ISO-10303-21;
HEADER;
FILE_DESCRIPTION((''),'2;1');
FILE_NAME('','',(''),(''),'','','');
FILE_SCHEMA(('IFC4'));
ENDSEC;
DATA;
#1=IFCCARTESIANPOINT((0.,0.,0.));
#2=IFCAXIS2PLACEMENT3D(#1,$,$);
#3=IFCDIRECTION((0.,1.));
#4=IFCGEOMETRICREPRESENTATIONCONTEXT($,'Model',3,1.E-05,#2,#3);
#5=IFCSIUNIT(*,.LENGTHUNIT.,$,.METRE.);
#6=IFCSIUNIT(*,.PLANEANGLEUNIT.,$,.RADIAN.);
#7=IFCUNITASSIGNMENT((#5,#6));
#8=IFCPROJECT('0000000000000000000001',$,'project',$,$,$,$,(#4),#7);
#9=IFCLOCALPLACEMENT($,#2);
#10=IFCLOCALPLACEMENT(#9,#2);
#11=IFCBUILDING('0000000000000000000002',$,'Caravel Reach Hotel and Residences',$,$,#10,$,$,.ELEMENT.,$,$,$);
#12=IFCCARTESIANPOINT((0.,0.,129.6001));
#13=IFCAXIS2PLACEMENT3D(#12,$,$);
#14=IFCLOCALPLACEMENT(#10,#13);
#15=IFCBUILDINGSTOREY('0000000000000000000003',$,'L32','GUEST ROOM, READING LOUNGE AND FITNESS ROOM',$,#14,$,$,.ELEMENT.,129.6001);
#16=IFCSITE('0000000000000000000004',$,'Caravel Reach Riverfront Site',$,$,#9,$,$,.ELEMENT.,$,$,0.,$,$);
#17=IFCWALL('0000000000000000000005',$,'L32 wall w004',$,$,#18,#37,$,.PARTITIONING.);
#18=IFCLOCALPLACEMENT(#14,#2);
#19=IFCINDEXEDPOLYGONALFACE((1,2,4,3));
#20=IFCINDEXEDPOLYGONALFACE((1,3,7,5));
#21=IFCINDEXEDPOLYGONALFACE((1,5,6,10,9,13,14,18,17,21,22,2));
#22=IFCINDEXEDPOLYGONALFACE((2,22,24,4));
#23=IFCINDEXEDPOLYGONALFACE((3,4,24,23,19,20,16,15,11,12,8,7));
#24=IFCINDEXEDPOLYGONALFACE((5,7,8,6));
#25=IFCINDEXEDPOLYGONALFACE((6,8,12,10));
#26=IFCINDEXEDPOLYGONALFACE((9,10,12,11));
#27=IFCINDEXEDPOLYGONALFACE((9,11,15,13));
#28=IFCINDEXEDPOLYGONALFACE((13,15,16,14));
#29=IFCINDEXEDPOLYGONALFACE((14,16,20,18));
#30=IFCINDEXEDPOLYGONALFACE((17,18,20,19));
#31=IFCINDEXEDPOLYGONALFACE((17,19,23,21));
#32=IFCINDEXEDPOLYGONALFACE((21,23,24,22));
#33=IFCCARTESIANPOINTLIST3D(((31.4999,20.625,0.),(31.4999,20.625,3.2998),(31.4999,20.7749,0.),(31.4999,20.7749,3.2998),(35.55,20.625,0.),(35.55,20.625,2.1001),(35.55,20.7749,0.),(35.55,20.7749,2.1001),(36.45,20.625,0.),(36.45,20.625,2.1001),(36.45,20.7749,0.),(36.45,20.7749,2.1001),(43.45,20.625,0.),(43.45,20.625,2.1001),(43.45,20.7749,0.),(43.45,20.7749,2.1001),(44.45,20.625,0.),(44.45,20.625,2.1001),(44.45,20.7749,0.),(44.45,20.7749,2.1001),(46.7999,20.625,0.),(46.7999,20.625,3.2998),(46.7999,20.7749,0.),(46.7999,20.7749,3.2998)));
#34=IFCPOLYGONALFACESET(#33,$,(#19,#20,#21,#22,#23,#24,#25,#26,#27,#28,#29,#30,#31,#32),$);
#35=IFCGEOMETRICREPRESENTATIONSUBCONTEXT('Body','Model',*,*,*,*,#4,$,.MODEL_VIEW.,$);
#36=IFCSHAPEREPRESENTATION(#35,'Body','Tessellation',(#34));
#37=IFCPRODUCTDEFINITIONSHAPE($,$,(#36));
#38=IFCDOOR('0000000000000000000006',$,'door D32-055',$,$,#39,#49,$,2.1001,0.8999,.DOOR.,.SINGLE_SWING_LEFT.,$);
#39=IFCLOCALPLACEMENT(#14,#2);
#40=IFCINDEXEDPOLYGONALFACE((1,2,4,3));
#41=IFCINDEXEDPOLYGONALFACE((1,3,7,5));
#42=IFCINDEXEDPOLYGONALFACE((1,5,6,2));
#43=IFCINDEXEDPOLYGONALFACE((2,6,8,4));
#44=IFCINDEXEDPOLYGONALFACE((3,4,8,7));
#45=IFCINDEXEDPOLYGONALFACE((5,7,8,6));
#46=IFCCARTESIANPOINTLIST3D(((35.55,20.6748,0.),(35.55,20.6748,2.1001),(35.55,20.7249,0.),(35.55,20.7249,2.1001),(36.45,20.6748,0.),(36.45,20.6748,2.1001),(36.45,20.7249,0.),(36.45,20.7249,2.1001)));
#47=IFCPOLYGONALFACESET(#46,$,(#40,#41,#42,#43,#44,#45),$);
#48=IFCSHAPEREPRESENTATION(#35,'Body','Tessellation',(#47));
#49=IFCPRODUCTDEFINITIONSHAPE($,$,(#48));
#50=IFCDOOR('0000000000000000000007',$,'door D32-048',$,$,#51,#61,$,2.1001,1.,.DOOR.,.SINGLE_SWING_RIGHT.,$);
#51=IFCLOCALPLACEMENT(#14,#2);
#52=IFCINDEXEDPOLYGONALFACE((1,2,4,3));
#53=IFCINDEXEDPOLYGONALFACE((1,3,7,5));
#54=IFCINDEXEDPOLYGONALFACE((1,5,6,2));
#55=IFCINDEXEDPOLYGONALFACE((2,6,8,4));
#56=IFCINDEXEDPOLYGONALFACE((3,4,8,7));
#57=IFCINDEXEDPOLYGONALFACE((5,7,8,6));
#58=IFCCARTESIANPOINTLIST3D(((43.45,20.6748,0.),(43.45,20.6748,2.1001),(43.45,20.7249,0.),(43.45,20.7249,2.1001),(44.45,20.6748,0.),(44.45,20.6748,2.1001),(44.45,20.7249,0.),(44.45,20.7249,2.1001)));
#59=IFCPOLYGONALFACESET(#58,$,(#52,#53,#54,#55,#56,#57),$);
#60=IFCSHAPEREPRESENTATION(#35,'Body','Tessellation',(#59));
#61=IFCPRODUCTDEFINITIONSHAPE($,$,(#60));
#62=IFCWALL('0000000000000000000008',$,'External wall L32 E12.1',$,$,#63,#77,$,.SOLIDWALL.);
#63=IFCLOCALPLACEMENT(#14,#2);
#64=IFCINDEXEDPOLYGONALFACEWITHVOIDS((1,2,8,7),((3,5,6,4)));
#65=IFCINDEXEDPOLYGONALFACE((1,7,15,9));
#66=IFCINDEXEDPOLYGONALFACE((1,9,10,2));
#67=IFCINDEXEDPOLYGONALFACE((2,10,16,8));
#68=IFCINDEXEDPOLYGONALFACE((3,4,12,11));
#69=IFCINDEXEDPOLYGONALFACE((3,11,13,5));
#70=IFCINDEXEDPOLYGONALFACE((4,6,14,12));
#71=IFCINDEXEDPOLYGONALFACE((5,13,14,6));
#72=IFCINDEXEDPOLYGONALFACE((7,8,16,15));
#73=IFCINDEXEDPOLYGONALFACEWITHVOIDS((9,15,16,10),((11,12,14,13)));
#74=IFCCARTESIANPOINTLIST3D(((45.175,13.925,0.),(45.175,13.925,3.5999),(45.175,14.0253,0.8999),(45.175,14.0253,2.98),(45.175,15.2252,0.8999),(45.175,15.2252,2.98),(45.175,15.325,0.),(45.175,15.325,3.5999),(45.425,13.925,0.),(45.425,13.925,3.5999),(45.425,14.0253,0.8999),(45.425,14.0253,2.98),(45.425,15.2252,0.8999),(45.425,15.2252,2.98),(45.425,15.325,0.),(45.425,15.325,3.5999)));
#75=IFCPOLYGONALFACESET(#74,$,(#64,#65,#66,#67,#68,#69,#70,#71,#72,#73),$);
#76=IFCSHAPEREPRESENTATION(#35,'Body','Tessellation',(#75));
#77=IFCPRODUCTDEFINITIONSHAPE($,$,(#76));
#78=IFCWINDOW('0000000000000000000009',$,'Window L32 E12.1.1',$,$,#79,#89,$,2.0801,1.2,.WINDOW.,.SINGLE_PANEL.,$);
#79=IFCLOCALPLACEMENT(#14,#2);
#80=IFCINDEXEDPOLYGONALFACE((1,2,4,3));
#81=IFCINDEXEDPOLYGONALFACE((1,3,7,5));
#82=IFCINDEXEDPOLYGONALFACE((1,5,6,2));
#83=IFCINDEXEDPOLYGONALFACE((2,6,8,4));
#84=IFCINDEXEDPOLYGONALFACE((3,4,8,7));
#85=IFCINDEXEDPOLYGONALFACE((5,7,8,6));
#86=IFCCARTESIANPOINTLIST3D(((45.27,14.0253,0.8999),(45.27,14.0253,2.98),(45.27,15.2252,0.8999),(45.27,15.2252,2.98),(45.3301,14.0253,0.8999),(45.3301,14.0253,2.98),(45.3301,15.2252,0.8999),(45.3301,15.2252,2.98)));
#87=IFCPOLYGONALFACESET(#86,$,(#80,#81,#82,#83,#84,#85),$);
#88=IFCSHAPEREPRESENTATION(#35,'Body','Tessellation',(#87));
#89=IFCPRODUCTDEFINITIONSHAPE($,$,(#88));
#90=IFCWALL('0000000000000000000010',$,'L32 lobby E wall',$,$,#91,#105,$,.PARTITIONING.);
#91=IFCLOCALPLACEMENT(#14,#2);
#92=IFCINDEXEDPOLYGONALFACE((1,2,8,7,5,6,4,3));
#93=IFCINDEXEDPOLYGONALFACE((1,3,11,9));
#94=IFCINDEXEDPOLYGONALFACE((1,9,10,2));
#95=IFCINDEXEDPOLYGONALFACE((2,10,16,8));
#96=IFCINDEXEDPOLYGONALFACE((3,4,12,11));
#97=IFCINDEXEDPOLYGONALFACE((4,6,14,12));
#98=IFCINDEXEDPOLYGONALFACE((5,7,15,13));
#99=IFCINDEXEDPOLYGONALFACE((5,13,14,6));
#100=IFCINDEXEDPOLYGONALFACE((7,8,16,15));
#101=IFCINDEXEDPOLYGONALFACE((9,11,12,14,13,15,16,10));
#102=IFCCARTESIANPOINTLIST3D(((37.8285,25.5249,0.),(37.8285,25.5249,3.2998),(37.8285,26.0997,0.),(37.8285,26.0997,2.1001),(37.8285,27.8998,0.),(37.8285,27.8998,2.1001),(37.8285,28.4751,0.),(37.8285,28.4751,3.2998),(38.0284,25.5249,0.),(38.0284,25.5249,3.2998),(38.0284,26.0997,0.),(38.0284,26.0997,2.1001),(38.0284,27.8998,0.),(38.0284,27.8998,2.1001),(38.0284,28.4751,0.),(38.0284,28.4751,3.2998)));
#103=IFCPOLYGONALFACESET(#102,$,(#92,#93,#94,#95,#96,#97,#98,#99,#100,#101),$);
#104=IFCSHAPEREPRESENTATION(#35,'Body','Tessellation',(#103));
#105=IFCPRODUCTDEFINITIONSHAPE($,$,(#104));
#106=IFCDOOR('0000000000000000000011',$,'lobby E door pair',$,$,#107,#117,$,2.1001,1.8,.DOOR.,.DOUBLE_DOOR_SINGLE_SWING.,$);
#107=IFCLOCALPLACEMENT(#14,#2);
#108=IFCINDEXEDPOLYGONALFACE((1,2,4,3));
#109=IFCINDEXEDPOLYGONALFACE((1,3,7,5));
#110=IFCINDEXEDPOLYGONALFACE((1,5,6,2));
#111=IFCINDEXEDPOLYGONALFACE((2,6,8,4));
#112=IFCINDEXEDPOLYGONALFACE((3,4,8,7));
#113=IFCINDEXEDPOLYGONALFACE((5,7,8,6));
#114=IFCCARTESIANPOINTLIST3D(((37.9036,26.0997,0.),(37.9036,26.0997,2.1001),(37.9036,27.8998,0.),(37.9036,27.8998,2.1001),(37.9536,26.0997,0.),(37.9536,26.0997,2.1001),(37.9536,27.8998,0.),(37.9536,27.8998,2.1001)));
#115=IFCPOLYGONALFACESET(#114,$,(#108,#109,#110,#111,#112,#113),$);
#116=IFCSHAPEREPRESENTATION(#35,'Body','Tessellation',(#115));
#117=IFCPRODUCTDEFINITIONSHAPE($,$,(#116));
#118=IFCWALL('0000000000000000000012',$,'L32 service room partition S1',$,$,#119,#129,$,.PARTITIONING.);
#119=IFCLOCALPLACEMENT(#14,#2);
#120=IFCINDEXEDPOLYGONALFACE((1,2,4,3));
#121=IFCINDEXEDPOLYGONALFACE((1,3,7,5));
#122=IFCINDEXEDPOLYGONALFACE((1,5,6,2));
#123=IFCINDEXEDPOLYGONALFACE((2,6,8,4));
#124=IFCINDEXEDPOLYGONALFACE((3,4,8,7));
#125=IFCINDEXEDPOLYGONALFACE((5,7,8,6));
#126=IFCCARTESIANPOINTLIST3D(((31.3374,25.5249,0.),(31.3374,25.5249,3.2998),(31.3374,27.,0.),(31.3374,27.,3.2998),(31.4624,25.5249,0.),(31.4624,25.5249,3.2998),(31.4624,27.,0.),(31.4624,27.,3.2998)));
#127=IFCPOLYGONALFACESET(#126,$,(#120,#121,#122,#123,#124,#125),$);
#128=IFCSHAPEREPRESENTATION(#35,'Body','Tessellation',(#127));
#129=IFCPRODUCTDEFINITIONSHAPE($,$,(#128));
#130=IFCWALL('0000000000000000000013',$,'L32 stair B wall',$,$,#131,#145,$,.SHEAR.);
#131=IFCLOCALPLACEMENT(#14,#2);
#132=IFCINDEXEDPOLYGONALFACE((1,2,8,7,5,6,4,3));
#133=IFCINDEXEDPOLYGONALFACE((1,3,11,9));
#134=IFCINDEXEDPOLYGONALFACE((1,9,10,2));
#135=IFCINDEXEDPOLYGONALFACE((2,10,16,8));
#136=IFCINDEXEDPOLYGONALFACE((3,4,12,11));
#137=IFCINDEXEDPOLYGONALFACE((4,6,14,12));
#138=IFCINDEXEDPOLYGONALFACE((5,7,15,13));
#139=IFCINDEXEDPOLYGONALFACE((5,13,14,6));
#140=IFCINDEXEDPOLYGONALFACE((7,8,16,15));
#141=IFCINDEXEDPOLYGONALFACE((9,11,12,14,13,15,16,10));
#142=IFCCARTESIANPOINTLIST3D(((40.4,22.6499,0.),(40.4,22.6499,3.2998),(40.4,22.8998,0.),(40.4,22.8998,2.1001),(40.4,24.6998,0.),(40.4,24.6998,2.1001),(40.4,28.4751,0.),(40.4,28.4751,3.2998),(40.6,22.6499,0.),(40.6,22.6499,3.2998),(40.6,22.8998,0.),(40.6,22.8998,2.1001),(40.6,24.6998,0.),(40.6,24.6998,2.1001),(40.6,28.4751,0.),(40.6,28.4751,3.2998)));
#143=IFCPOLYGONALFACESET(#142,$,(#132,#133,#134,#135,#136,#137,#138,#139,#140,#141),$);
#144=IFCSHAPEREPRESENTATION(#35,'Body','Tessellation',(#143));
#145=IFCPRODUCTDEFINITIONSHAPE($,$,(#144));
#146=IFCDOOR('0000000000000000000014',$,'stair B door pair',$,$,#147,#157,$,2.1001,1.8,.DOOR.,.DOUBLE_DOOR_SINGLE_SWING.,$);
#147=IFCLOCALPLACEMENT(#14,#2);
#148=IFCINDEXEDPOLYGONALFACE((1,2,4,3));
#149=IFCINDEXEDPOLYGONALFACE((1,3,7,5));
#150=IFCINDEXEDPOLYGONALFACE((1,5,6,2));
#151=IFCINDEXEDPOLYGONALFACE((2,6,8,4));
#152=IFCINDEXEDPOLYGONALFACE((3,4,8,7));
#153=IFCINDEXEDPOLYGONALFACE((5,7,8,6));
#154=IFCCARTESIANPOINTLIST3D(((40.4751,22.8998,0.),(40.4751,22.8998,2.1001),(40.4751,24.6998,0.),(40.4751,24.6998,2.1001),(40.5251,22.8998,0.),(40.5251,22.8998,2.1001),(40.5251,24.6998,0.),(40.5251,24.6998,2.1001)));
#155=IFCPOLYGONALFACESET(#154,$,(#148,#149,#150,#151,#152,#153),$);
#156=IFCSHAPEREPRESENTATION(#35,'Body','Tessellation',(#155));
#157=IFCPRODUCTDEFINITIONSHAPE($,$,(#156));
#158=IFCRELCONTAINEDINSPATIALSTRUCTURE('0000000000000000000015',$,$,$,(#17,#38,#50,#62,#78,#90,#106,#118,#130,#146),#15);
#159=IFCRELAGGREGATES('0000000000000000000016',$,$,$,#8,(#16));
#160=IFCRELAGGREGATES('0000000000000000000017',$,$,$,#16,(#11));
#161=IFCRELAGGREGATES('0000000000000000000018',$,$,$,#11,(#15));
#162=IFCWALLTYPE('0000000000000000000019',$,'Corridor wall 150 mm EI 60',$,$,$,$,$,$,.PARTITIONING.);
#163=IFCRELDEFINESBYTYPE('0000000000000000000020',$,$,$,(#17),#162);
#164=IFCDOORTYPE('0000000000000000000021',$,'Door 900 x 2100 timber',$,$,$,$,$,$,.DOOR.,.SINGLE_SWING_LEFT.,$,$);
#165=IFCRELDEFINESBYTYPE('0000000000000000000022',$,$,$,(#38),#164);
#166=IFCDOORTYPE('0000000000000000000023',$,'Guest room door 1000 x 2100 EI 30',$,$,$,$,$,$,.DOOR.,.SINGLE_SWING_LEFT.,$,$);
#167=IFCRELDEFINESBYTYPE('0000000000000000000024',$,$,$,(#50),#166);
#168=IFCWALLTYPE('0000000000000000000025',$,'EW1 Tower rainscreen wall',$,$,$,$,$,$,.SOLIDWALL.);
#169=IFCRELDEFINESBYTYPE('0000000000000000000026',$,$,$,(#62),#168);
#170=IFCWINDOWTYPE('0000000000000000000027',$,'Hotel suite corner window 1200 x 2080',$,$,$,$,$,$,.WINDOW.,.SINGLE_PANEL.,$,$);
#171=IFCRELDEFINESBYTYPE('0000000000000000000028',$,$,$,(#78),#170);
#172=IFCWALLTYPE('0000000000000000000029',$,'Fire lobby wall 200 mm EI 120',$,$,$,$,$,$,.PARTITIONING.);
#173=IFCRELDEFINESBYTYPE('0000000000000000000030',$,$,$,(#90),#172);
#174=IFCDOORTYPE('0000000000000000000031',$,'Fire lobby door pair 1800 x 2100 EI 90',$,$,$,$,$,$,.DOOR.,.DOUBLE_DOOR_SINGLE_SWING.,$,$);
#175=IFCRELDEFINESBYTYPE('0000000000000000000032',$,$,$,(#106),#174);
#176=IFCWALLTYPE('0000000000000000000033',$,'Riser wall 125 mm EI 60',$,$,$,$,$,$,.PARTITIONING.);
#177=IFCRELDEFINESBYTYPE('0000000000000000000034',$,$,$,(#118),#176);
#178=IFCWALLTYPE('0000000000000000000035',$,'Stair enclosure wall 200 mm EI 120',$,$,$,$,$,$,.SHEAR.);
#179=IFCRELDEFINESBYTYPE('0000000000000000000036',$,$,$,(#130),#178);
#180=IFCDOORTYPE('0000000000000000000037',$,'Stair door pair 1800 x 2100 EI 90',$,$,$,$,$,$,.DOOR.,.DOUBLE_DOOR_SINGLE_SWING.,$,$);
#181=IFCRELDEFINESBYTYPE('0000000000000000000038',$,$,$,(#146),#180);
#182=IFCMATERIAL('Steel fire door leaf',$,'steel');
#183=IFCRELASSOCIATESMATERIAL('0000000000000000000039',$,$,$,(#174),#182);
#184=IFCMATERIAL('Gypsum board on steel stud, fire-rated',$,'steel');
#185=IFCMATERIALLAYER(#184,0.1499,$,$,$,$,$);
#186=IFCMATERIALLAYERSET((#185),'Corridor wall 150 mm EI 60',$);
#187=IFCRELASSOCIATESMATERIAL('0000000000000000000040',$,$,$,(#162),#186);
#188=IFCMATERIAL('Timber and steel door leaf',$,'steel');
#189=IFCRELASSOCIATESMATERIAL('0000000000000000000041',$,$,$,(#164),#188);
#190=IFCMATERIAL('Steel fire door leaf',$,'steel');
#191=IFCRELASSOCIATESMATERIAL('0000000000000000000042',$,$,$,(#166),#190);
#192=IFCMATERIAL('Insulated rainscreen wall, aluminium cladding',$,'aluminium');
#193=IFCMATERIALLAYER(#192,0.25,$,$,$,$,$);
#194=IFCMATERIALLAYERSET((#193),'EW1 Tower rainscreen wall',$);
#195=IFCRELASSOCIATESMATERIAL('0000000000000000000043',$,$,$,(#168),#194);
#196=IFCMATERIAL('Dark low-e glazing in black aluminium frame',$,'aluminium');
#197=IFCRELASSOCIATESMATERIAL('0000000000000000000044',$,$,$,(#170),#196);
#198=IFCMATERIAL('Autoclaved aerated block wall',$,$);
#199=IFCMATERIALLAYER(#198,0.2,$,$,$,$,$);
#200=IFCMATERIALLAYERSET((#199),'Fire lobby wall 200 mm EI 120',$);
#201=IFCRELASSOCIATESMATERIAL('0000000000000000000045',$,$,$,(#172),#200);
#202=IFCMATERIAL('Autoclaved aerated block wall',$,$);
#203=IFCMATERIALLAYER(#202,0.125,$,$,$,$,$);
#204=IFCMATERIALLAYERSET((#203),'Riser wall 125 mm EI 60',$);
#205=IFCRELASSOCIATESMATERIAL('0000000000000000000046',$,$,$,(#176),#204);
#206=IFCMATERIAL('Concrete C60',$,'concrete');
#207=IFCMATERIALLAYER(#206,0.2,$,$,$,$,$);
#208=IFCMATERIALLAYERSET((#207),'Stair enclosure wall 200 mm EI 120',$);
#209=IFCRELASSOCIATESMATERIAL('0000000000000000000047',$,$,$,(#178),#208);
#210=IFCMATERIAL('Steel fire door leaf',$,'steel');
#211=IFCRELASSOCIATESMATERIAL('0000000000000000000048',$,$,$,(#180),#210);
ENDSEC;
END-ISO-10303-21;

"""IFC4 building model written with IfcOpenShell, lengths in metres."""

from ifc_helpers import new_model, si_unit, direction, frame, frame_2d, origin, place, context, subcontext, project, spatial, rectangle, extrude, material, layer, layer_set, type_object, element, fill, save


model = new_model("IFC4")

# Units and contexts
model_context = context("Model", 3, precision=1e-05, world=origin(), true_north=direction((0.0, 1.0)))
body_context = subcontext(model_context, "Body", "Model", "MODEL_VIEW")
ifc_project = project(units=[si_unit("LENGTHUNIT", "METRE"), si_unit("PLANEANGLEUNIT", "RADIAN")], contexts=[model_context])

# Site, building, storey
site_placement = place(None, origin())
site = spatial("IfcSite", under=ifc_project, at=site_placement, Name="Caravel Reach Riverfront Site", CompositionType="ELEMENT", RefElevation=0.0)
building_placement = place(site_placement, origin())
building = spatial("IfcBuilding", under=site, at=building_placement, Name="Caravel Reach Hotel and Residences", CompositionType="ELEMENT")
storey_placement = place(building_placement, frame((0.0, 0.0, 129.6001)))
storey = spatial("IfcBuildingStorey", under=building, at=storey_placement, Name="L32", Description="GUEST ROOM, READING LOUNGE AND FITNESS ROOM", CompositionType="ELEMENT", Elevation=129.6001)

# Shared definitions
ifc_material_1 = material(Name="Steel fire door leaf", Category="steel")
door_type_1 = type_object("IfcDoorType", Name="Fire lobby door pair 1800 x 2100 EI 90", OperationType="DOUBLE_DOOR_SINGLE_SWING", PredefinedType="DOOR", material=ifc_material_1)

# Wall, openings, doors
ifc_material_2 = material(Name="Gypsum board on steel stud, fire-rated", Category="steel")
ifc_layer_1 = layer(ifc_material_2, 0.1499)
ifc_layer_set_1 = layer_set([ifc_layer_1], Name="Corridor wall 150 mm EI 60")
wall_type_1 = type_object("IfcWallType", Name="Corridor wall 150 mm EI 60", PredefinedType="PARTITIONING", material=ifc_layer_set_1)
wall_1_placement = place(storey_placement, frame((31.5, 20.7, 0.0), z_axis=(0.0, 0.0, 1.0), x_axis=(1.0, 0.0, 0.0)))
wall_1 = element("IfcWall", 1, at=wall_1_placement, inside=storey, type_object=wall_type_1, Name="L32 wall w004", PredefinedType="PARTITIONING", context=body_context, shape_type="SweptSolid", body=[
    extrude(rectangle(XDim=15.3, YDim=0.1499, at=frame_2d((7.6499, 0.0))), origin(), (0.0, 0.0, 1.0), 3.2998),
])
opening_1_placement = place(wall_1_placement, frame((11.95, 0.0, 0.0)))
opening_1 = element("IfcOpeningElement", 2, at=opening_1_placement, cuts=wall_1, PredefinedType="OPENING", context=body_context, shape_type="SweptSolid", body=[
    extrude(rectangle(XDim=1.0, YDim=2.1001, at=frame_2d((0.5, 1.05))), frame((0.0, 0.085, 0.0), z_axis=(0.0, -1.0, 0.0), x_axis=(1.0, 0.0, 0.0)), (0.0, 0.0, 1.0), 0.1699),
])
opening_2_placement = place(wall_1_placement, frame((4.05, 0.0, 0.0)))
opening_2 = element("IfcOpeningElement", 3, at=opening_2_placement, cuts=wall_1, PredefinedType="OPENING", context=body_context, shape_type="SweptSolid", body=[
    extrude(rectangle(XDim=0.8999, YDim=2.1001, at=frame_2d((0.45, 1.05))), frame((0.0, 0.085, 0.0), z_axis=(0.0, -1.0, 0.0), x_axis=(1.0, 0.0, 0.0)), (0.0, 0.0, 1.0), 0.1699),
])
ifc_material_3 = material(Name="Timber and steel door leaf", Category="steel")
door_type_2 = type_object("IfcDoorType", Name="Door 900 x 2100 timber", OperationType="SINGLE_SWING_LEFT", PredefinedType="DOOR", material=ifc_material_3)
door_1_placement = place(opening_2_placement, origin())
door_1 = element("IfcDoor", 4, at=door_1_placement, inside=storey, type_object=door_type_2, Name="door D32-055", OperationType="SINGLE_SWING_LEFT", OverallHeight=2.1001, OverallWidth=0.8999, PredefinedType="DOOR", context=body_context, shape_type="SweptSolid", body=[
    extrude(rectangle(XDim=0.8999, YDim=2.1001, at=frame_2d((0.45, 1.05))), frame((0.0, 0.0249, 0.0), z_axis=(0.0, -1.0, 0.0), x_axis=(1.0, 0.0, 0.0)), (0.0, 0.0, 1.0), 0.05),
])
fill(opening_2, door_1)
ifc_material_4 = material(Name="Steel fire door leaf", Category="steel")
door_type_3 = type_object("IfcDoorType", Name="Guest room door 1000 x 2100 EI 30", OperationType="SINGLE_SWING_LEFT", PredefinedType="DOOR", material=ifc_material_4)
door_2_placement = place(opening_1_placement, origin())
door_2 = element("IfcDoor", 5, at=door_2_placement, inside=storey, type_object=door_type_3, Name="door D32-048", OperationType="SINGLE_SWING_RIGHT", OverallHeight=2.1001, OverallWidth=1.0, PredefinedType="DOOR", context=body_context, shape_type="SweptSolid", body=[
    extrude(rectangle(XDim=1.0, YDim=2.1001, at=frame_2d((0.5, 1.05))), frame((0.0, 0.0249, 0.0), z_axis=(0.0, -1.0, 0.0), x_axis=(1.0, 0.0, 0.0)), (0.0, 0.0, 1.0), 0.05),
])
fill(opening_1, door_2)

# Wall, opening, window
ifc_material_5 = material(Name="Insulated rainscreen wall, aluminium cladding", Category="aluminium")
ifc_layer_2 = layer(ifc_material_5, 0.25)
ifc_layer_set_2 = layer_set([ifc_layer_2], Name="EW1 Tower rainscreen wall")
wall_type_2 = type_object("IfcWallType", Name="EW1 Tower rainscreen wall", PredefinedType="SOLIDWALL", material=ifc_layer_set_2)
wall_2_placement = place(storey_placement, frame((45.3, 13.925, 0.0), z_axis=(0.0, 0.0, 1.0), x_axis=(0.0, 1.0, 0.0)))
wall_2 = element("IfcWall", 6, at=wall_2_placement, inside=storey, type_object=wall_type_2, Name="External wall L32 E12.1", PredefinedType="SOLIDWALL", context=body_context, shape_type="SweptSolid", body=[
    extrude(rectangle(XDim=1.3999, YDim=0.25, at=frame_2d((0.7, 0.0))), origin(), (0.0, 0.0, 1.0), 3.5999),
])
opening_3_placement = place(wall_2_placement, frame((0.1001, 0.0, 0.8999)))
opening_3 = element("IfcOpeningElement", 7, at=opening_3_placement, cuts=wall_2, PredefinedType="OPENING", context=body_context, shape_type="SweptSolid", body=[
    extrude(rectangle(XDim=1.2, YDim=2.0801, at=frame_2d((0.6001, 1.04))), frame((0.0, 0.135, 0.0), z_axis=(0.0, -1.0, 0.0), x_axis=(1.0, 0.0, 0.0)), (0.0, 0.0, 1.0), 0.27),
])
ifc_material_6 = material(Name="Dark low-e glazing in black aluminium frame", Category="aluminium")
window_type = type_object("IfcWindowType", Name="Hotel suite corner window 1200 x 2080", PartitioningType="SINGLE_PANEL", PredefinedType="WINDOW", material=ifc_material_6)
window_placement = place(opening_3_placement, origin())
window = element("IfcWindow", 8, at=window_placement, inside=storey, type_object=window_type, Name="Window L32 E12.1.1", OverallHeight=2.0801, OverallWidth=1.2, PartitioningType="SINGLE_PANEL", PredefinedType="WINDOW", context=body_context, shape_type="SweptSolid", body=[
    extrude(rectangle(XDim=1.2, YDim=2.0801, at=frame_2d((0.6001, 1.04))), frame((0.0, 0.03, 0.0), z_axis=(0.0, -1.0, 0.0), x_axis=(1.0, 0.0, 0.0)), (0.0, 0.0, 1.0), 0.0601),
])
fill(opening_3, window)

# Wall, opening, door
ifc_material_7 = material(Name="Autoclaved aerated block wall")
ifc_layer_3 = layer(ifc_material_7, 0.2)
ifc_layer_set_3 = layer_set([ifc_layer_3], Name="Fire lobby wall 200 mm EI 120")
wall_type_3 = type_object("IfcWallType", Name="Fire lobby wall 200 mm EI 120", PredefinedType="PARTITIONING", material=ifc_layer_set_3)
wall_3_placement = place(storey_placement, frame((37.9285, 25.5249, 0.0), z_axis=(0.0, 0.0, 1.0), x_axis=(0.0, 1.0, 0.0)))
wall_3 = element("IfcWall", 9, at=wall_3_placement, inside=storey, type_object=wall_type_3, Name="L32 lobby E wall", PredefinedType="PARTITIONING", context=body_context, shape_type="SweptSolid", body=[
    extrude(rectangle(XDim=2.9502, YDim=0.2, at=frame_2d((1.4751, 0.0))), origin(), (0.0, 0.0, 1.0), 3.2998),
])
opening_4_placement = place(wall_3_placement, frame((0.575, 0.0, 0.0)))
opening_4 = element("IfcOpeningElement", 10, at=opening_4_placement, cuts=wall_3, PredefinedType="OPENING", context=body_context, shape_type="SweptSolid", body=[
    extrude(rectangle(XDim=1.8, YDim=2.1001, at=frame_2d((0.8999, 1.05))), frame((0.0, 0.1099, 0.0), z_axis=(0.0, -1.0, 0.0), x_axis=(1.0, 0.0, 0.0)), (0.0, 0.0, 1.0), 0.22),
])
door_3_placement = place(opening_4_placement, origin())
door_3 = element("IfcDoor", 11, at=door_3_placement, inside=storey, type_object=door_type_1, Name="lobby E door pair", OperationType="DOUBLE_DOOR_SINGLE_SWING", OverallHeight=2.1001, OverallWidth=1.8, PredefinedType="DOOR", context=body_context, shape_type="SweptSolid", body=[
    extrude(rectangle(XDim=1.8, YDim=2.1001, at=frame_2d((0.8999, 1.05))), frame((0.0, 0.0249, 0.0), z_axis=(0.0, -1.0, 0.0), x_axis=(1.0, 0.0, 0.0)), (0.0, 0.0, 1.0), 0.05),
])
fill(opening_4, door_3)

# Wall
ifc_material_8 = material(Name="Autoclaved aerated block wall")
ifc_layer_4 = layer(ifc_material_8, 0.125)
ifc_layer_set_4 = layer_set([ifc_layer_4], Name="Riser wall 125 mm EI 60")
wall_type_4 = type_object("IfcWallType", Name="Riser wall 125 mm EI 60", PredefinedType="PARTITIONING", material=ifc_layer_set_4)
wall_4_placement = place(storey_placement, frame((31.3999, 25.5249, 0.0), z_axis=(0.0, 0.0, 1.0), x_axis=(0.0, 1.0, 0.0)))
element("IfcWall", 12, at=wall_4_placement, inside=storey, type_object=wall_type_4, Name="L32 service room partition S1", PredefinedType="PARTITIONING", context=body_context, shape_type="SweptSolid", body=[
    extrude(rectangle(XDim=1.4751, YDim=0.125, at=frame_2d((0.7375, 0.0))), origin(), (0.0, 0.0, 1.0), 3.2998),
])

# Wall, opening, door
ifc_material_9 = material(Name="Concrete C60", Category="concrete")
ifc_layer_5 = layer(ifc_material_9, 0.2)
ifc_layer_set_5 = layer_set([ifc_layer_5], Name="Stair enclosure wall 200 mm EI 120")
wall_type_5 = type_object("IfcWallType", Name="Stair enclosure wall 200 mm EI 120", PredefinedType="SHEAR", material=ifc_layer_set_5)
wall_5_placement = place(storey_placement, frame((40.5, 22.6499, 0.0), z_axis=(0.0, 0.0, 1.0), x_axis=(0.0, 1.0, 0.0)))
wall_5 = element("IfcWall", 13, at=wall_5_placement, inside=storey, type_object=wall_type_5, Name="L32 stair B wall", PredefinedType="SHEAR", context=body_context, shape_type="SweptSolid", body=[
    extrude(rectangle(XDim=5.8252, YDim=0.2, at=frame_2d((2.9126, 0.0))), origin(), (0.0, 0.0, 1.0), 3.2998),
])
opening_5_placement = place(wall_5_placement, frame((0.25, 0.0, 0.0)))
opening_5 = element("IfcOpeningElement", 14, at=opening_5_placement, cuts=wall_5, PredefinedType="OPENING", context=body_context, shape_type="SweptSolid", body=[
    extrude(rectangle(XDim=1.8, YDim=2.1001, at=frame_2d((0.8999, 1.05))), frame((0.0, 0.1099, 0.0), z_axis=(0.0, -1.0, 0.0), x_axis=(1.0, 0.0, 0.0)), (0.0, 0.0, 1.0), 0.22),
])
ifc_material_10 = material(Name="Steel fire door leaf", Category="steel")
door_type_4 = type_object("IfcDoorType", Name="Stair door pair 1800 x 2100 EI 90", OperationType="DOUBLE_DOOR_SINGLE_SWING", PredefinedType="DOOR", material=ifc_material_10)
door_4_placement = place(opening_5_placement, origin())
door_4 = element("IfcDoor", 15, at=door_4_placement, inside=storey, type_object=door_type_4, Name="stair B door pair", OperationType="DOUBLE_DOOR_SINGLE_SWING", OverallHeight=2.1001, OverallWidth=1.8, PredefinedType="DOOR", context=body_context, shape_type="SweptSolid", body=[
    extrude(rectangle(XDim=1.8, YDim=2.1001, at=frame_2d((0.8999, 1.05))), frame((0.0, 0.0249, 0.0), z_axis=(0.0, -1.0, 0.0), x_axis=(1.0, 0.0, 0.0)), (0.0, 0.0, 1.0), 0.05),
])
fill(opening_5, door_4)

save(model, "model.ifc")
